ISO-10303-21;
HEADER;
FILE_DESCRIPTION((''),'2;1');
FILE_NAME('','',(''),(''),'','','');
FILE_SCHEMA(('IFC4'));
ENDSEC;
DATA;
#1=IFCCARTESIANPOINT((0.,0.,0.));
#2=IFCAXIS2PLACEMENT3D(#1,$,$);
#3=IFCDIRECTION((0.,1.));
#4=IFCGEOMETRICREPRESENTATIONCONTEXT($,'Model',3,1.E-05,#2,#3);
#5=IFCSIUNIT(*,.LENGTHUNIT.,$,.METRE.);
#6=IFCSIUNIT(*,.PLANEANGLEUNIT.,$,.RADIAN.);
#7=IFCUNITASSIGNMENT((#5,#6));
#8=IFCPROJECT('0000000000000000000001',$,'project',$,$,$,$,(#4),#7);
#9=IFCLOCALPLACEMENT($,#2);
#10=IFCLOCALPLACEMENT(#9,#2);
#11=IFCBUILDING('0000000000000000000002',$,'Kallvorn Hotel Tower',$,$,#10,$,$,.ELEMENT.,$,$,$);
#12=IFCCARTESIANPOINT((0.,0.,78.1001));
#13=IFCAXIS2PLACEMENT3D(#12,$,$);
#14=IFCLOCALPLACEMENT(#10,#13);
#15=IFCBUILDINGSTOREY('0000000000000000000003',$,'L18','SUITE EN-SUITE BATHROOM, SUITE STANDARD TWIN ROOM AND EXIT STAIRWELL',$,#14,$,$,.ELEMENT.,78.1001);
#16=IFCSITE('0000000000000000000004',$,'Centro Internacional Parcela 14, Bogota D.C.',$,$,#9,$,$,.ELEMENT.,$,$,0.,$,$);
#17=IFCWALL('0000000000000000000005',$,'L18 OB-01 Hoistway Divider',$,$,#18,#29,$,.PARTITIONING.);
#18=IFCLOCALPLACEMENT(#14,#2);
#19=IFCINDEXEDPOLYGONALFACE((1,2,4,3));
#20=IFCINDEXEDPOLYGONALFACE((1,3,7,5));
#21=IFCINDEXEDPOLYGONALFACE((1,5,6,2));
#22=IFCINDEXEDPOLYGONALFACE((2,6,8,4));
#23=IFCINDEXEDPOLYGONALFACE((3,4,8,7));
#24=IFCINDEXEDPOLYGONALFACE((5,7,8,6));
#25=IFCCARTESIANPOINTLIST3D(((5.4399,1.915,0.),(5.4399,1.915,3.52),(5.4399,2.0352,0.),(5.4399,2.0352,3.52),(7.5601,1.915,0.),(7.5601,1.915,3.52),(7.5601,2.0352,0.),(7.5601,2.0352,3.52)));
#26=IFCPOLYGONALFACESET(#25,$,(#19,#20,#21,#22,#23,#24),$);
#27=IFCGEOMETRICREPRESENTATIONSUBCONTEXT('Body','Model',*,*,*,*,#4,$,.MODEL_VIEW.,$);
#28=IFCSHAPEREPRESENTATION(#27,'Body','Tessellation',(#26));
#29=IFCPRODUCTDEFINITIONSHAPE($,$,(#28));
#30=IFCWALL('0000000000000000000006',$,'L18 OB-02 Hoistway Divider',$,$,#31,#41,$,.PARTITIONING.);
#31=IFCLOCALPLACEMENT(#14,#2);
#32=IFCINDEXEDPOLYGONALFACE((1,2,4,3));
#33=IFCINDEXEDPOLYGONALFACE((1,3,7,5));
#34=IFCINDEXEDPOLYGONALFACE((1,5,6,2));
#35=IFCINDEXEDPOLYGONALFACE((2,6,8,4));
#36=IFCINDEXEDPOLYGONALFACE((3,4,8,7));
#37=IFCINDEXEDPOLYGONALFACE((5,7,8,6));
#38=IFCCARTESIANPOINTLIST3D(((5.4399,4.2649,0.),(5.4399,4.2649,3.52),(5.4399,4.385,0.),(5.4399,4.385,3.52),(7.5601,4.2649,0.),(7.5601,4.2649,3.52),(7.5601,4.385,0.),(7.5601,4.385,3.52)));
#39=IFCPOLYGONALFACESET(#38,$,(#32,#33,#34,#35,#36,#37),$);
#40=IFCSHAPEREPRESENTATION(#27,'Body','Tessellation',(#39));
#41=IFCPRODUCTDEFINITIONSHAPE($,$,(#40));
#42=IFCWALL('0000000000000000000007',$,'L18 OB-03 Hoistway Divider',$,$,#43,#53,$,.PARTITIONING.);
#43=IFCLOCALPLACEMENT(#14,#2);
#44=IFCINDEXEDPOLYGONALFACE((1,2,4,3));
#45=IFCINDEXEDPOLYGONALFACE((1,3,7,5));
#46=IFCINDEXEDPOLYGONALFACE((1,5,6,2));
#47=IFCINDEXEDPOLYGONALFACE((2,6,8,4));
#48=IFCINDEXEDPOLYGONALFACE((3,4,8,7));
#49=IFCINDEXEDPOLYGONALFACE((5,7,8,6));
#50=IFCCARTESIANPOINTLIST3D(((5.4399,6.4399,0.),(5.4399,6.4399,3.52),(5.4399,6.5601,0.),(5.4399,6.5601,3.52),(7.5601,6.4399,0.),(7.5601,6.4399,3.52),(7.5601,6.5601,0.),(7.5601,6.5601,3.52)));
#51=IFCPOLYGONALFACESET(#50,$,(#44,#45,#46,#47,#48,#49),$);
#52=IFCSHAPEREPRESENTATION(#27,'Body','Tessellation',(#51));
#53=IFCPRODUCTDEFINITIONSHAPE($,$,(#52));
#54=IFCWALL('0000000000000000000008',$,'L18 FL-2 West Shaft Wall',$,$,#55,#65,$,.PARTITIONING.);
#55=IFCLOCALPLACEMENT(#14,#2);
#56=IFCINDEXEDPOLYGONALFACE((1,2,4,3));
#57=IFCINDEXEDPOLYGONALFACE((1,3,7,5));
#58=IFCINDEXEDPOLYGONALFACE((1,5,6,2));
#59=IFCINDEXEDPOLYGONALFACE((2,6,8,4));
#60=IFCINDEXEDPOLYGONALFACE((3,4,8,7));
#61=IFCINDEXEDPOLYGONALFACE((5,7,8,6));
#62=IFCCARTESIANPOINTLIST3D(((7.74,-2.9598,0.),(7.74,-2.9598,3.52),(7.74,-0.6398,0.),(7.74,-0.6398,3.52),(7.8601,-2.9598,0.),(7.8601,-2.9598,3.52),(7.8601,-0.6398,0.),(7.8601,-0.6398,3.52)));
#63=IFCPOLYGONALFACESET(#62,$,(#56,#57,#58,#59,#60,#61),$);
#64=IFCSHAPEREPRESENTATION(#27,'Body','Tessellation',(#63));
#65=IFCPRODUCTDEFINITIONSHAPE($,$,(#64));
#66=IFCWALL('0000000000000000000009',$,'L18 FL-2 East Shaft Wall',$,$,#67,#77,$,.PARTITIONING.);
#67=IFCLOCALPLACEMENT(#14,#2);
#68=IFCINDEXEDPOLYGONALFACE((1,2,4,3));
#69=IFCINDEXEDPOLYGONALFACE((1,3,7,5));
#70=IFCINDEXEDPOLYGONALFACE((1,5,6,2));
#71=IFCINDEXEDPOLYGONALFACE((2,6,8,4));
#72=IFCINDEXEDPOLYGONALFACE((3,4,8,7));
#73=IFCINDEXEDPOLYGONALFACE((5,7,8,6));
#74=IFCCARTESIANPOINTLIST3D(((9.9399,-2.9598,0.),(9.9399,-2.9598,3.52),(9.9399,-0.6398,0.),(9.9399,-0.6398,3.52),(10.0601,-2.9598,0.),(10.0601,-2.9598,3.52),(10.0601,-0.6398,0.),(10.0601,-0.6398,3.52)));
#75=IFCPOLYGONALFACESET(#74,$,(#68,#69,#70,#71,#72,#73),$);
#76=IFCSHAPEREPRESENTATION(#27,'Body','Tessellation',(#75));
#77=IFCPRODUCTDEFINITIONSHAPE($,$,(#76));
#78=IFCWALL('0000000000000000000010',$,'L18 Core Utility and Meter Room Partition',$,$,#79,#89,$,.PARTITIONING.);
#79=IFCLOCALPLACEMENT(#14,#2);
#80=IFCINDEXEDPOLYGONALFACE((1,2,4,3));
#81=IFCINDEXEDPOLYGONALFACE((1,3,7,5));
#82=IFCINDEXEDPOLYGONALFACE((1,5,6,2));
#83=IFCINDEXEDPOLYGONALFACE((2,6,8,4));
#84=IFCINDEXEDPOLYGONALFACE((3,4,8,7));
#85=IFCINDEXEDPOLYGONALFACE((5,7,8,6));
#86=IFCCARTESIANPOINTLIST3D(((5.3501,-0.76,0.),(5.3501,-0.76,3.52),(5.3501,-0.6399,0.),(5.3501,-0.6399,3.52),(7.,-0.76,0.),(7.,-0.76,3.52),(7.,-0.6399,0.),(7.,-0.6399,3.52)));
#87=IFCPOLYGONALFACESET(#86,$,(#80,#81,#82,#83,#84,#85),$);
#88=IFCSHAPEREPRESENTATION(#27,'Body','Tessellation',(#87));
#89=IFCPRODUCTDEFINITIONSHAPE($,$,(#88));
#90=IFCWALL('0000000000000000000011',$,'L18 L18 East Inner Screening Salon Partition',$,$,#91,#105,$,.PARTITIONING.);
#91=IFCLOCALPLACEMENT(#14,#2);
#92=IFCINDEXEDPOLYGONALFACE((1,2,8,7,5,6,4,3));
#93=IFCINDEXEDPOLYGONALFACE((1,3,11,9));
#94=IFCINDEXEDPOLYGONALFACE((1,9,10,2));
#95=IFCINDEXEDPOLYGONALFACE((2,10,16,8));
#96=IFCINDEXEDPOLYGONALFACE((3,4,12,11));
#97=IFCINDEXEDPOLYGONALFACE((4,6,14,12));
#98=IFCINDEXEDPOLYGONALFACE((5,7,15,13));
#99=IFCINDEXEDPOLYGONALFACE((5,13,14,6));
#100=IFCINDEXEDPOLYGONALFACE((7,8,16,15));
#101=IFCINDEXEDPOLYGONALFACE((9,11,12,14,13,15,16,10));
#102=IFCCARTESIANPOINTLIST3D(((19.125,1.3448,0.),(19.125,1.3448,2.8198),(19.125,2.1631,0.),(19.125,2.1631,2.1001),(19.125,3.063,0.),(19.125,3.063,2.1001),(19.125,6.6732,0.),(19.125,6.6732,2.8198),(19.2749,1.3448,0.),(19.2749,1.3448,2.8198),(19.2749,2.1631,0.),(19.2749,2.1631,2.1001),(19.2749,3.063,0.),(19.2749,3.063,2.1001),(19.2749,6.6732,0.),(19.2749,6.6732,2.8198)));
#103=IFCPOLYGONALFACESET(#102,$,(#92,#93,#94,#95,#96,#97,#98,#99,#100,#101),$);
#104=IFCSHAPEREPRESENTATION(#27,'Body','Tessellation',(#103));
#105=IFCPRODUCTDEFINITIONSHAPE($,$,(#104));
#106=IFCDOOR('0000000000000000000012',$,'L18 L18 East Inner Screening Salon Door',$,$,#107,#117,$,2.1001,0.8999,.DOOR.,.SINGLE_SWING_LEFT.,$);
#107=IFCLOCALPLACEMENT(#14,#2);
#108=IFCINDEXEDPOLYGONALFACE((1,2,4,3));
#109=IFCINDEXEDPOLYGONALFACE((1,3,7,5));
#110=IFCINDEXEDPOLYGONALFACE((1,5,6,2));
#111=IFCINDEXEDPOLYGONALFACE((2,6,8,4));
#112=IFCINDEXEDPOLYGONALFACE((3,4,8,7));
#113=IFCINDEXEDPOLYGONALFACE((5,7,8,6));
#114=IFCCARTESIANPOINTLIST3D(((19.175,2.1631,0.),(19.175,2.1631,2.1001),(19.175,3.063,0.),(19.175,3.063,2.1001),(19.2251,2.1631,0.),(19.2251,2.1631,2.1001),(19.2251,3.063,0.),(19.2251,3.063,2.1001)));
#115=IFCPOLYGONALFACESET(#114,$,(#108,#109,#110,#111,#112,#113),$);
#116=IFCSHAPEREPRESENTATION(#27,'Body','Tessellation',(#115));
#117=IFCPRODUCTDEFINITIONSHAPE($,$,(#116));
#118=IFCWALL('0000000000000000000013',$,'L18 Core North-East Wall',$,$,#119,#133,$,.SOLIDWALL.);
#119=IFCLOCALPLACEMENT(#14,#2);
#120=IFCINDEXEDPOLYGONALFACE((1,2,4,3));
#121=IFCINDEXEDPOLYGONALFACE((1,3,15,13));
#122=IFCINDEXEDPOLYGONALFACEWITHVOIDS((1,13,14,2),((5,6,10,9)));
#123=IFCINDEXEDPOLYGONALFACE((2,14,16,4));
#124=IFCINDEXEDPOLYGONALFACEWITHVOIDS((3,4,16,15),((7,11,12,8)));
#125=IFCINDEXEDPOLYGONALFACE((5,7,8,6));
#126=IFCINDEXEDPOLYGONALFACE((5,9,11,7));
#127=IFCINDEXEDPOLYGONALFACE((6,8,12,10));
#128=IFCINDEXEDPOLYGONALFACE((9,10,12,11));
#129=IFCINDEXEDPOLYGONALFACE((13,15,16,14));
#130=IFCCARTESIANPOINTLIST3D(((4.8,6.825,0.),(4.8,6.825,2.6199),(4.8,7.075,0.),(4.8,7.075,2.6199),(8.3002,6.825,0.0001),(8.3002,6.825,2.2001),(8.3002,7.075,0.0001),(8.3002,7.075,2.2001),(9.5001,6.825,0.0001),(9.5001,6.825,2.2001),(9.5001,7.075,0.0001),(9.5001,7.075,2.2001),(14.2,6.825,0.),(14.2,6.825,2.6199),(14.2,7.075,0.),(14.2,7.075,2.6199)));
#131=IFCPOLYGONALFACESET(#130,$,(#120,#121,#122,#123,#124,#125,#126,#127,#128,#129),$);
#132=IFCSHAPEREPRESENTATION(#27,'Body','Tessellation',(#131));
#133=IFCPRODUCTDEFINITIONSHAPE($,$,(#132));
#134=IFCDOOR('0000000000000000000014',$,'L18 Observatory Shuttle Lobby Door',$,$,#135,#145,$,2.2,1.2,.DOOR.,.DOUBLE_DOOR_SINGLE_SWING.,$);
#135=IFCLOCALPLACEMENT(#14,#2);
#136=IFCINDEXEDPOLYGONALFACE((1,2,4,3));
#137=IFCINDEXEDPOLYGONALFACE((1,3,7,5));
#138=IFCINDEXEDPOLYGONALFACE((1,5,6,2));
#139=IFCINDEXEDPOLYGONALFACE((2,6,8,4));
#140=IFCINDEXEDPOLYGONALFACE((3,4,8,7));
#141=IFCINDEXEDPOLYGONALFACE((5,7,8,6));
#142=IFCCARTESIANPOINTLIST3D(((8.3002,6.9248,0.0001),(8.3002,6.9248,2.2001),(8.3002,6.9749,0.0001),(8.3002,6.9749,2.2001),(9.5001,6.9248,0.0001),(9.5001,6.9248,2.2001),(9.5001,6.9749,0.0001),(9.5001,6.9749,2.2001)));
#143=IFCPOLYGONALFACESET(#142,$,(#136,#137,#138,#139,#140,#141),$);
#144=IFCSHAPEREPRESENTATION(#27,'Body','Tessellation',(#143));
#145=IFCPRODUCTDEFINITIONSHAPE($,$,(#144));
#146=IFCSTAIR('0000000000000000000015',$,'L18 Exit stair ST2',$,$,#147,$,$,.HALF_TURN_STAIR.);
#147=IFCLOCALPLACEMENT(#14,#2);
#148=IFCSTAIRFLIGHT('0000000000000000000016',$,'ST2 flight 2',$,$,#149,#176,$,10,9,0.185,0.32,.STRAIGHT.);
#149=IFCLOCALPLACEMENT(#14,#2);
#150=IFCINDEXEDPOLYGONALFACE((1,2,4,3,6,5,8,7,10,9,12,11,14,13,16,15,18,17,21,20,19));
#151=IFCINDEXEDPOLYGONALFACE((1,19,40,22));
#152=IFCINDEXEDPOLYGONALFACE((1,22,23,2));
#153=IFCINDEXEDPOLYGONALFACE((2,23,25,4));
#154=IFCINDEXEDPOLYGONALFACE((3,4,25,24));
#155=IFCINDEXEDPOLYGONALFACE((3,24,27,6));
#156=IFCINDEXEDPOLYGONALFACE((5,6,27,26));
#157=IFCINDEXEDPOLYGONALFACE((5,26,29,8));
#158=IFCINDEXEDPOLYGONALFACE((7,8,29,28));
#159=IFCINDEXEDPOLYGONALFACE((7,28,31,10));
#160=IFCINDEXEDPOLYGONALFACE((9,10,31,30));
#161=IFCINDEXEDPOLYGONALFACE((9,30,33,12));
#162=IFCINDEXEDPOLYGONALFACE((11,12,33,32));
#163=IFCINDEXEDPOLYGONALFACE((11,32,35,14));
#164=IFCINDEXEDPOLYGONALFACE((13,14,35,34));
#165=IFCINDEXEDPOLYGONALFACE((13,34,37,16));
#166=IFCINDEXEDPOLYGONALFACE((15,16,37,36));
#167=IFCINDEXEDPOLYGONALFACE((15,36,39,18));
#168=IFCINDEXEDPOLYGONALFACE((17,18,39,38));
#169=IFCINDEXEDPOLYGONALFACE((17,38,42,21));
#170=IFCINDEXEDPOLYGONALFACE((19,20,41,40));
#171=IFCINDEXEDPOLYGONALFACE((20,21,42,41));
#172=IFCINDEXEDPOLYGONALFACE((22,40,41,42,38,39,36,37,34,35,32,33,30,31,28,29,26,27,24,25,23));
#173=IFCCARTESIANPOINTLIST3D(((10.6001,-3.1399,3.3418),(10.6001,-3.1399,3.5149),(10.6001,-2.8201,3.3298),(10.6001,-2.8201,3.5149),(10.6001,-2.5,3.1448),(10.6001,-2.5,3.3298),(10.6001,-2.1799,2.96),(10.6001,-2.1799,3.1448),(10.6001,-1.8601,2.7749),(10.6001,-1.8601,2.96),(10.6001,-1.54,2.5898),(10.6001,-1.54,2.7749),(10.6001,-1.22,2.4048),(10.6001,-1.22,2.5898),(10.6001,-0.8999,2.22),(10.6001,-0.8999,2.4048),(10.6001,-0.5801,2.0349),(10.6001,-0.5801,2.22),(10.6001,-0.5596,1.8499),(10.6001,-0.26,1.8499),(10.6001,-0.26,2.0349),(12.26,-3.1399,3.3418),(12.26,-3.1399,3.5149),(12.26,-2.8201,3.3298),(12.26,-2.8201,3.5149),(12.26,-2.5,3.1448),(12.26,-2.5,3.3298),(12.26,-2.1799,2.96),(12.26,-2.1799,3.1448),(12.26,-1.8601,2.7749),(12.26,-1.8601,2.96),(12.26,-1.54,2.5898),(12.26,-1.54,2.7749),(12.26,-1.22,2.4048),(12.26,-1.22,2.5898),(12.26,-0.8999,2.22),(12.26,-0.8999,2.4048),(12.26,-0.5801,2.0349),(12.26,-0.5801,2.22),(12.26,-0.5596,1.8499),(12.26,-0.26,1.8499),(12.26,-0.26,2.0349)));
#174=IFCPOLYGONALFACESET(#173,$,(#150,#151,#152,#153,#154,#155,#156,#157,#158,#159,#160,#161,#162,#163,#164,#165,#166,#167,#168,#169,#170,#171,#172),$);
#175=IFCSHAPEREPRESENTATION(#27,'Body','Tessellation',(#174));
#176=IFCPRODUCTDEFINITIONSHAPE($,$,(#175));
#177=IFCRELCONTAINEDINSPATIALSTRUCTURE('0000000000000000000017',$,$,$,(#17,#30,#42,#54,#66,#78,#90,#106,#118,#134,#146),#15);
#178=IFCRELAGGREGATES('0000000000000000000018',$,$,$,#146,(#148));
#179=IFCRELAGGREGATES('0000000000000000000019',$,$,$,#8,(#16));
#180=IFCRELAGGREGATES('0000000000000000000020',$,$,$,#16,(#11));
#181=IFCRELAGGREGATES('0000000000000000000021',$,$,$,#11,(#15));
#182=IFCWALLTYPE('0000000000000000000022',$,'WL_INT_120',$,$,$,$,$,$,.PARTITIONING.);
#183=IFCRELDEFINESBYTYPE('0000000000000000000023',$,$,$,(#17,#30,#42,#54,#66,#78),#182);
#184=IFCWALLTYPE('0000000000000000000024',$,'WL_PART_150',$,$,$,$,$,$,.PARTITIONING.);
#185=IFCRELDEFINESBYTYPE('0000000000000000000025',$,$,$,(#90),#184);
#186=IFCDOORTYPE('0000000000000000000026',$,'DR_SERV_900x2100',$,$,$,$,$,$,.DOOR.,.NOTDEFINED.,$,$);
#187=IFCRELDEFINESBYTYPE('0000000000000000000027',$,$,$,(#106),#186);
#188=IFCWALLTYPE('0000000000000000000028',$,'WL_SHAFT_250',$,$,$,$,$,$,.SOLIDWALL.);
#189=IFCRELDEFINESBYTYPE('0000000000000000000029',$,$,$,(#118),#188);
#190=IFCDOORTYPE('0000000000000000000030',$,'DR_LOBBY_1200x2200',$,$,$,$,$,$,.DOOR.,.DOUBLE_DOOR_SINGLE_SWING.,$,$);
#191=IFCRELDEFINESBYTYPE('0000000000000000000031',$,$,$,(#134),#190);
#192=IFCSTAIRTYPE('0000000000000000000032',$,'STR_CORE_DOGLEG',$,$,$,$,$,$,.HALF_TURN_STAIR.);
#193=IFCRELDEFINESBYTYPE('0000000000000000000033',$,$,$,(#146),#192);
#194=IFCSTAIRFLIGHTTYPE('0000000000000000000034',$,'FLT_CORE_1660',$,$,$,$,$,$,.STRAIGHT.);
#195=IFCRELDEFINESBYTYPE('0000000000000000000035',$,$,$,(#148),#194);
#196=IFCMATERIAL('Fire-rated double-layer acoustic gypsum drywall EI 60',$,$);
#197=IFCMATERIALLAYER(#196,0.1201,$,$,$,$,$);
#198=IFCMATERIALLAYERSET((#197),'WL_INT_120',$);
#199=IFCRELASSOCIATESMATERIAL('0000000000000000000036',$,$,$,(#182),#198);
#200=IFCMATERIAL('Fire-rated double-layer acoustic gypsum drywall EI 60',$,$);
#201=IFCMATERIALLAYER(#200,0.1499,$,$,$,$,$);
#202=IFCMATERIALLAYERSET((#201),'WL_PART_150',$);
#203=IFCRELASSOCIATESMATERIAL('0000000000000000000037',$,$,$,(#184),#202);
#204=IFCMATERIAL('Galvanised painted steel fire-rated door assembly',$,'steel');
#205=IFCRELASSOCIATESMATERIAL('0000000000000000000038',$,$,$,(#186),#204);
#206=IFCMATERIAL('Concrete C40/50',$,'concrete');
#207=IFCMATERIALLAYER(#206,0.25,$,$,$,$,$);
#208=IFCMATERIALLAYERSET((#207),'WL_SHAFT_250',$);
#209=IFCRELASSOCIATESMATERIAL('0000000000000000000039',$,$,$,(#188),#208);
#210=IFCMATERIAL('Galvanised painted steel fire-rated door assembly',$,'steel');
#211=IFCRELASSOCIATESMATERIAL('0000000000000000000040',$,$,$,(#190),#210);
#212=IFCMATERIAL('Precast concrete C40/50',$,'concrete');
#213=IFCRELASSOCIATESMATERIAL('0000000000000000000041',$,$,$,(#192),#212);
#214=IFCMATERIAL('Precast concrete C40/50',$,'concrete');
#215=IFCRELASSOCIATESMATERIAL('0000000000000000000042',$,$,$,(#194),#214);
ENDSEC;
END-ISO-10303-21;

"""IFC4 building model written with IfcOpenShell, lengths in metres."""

from ifc_helpers import new_model, si_unit, direction, frame, frame_2d, origin, place, context, subcontext, project, spatial, polyline, rectangle, outline, extrude, material, layer, layer_set, type_object, element, fill, aggregate, save


model = new_model("IFC4")

# Units and contexts
model_context = context("Model", 3, precision=1e-05, world=origin(), true_north=direction((0.0, 1.0)))
body_context = subcontext(model_context, "Body", "Model", "MODEL_VIEW")
ifc_project = project(units=[si_unit("LENGTHUNIT", "METRE"), si_unit("PLANEANGLEUNIT", "RADIAN")], contexts=[model_context])

# Site, building, storey
site_placement = place(None, origin())
site = spatial("IfcSite", under=ifc_project, at=site_placement, Name="Centro Internacional Parcela 14, Bogota D.C.", CompositionType="ELEMENT", RefElevation=0.0)
building_placement = place(site_placement, origin())
building = spatial("IfcBuilding", under=site, at=building_placement, Name="Kallvorn Hotel Tower", CompositionType="ELEMENT")
storey_placement = place(building_placement, frame((0.0, 0.0, 78.1001)))
storey = spatial("IfcBuildingStorey", under=building, at=storey_placement, Name="L18", Description="SUITE EN-SUITE BATHROOM, SUITE STANDARD TWIN ROOM AND EXIT STAIRWELL", CompositionType="ELEMENT", Elevation=78.1001)

# Walls
ifc_material_1 = material(Name="Fire-rated double-layer acoustic gypsum drywall EI 60")
ifc_layer_1 = layer(ifc_material_1, 0.1201)
ifc_layer_set_1 = layer_set([ifc_layer_1], Name="WL_INT_120")
wall_type_1 = type_object("IfcWallType", Name="WL_INT_120", PredefinedType="PARTITIONING", material=ifc_layer_set_1)
for number, where, z_axis, x_axis, name in (
    (1, (5.4399, 1.9751, 0.0), (0.0, 0.0, 1.0), (1.0, 0.0, 0.0), "L18 OB-01 Hoistway Divider"),
    (2, (5.4399, 4.325, 0.0), (0.0, 0.0, 1.0), (1.0, 0.0, 0.0), "L18 OB-02 Hoistway Divider"),
    (3, (5.4399, 6.5, 0.0), (0.0, 0.0, 1.0), (1.0, 0.0, 0.0), "L18 OB-03 Hoistway Divider"),
):
    element("IfcWall", number, at=place(storey_placement, frame(where, z_axis=z_axis, x_axis=x_axis)), inside=storey, type_object=wall_type_1, Name=name, PredefinedType="PARTITIONING", context=body_context, shape_type="SweptSolid", body=[
        extrude(rectangle(XDim=2.1201, YDim=0.1201, at=frame_2d((1.0601, 0.0))), origin(), (0.0, 0.0, 1.0), 3.52),
    ])
for number, where, z_axis, x_axis, name in (
    (4, (7.8, -2.96, 0.0), (0.0, 0.0, 1.0), (0.0, 1.0, 0.0), "L18 FL-2 West Shaft Wall"),
    (5, (10.0, -2.96, 0.0), (0.0, 0.0, 1.0), (0.0, 1.0, 0.0), "L18 FL-2 East Shaft Wall"),
):
    element("IfcWall", number, at=place(storey_placement, frame(where, z_axis=z_axis, x_axis=x_axis)), inside=storey, type_object=wall_type_1, Name=name, PredefinedType="PARTITIONING", context=body_context, shape_type="SweptSolid", body=[
        extrude(rectangle(XDim=2.3201, YDim=0.1201, at=frame_2d((1.1602, 0.0))), origin(), (0.0, 0.0, 1.0), 3.52),
    ])
wall_1_placement = place(storey_placement, frame((5.3501, -0.7, 0.0), z_axis=(0.0, 0.0, 1.0), x_axis=(1.0, 0.0, 0.0)))
element("IfcWall", 6, at=wall_1_placement, inside=storey, type_object=wall_type_1, Name="L18 Core Utility and Meter Room Partition", PredefinedType="PARTITIONING", context=body_context, shape_type="SweptSolid", body=[
    extrude(rectangle(XDim=1.6499, YDim=0.1201, at=frame_2d((0.825, 0.0))), origin(), (0.0, 0.0, 1.0), 3.52),
])

# Walls, openings, doors
ifc_material_2 = material(Name="Fire-rated double-layer acoustic gypsum drywall EI 60")
ifc_layer_2 = layer(ifc_material_2, 0.1499)
ifc_layer_set_2 = layer_set([ifc_layer_2], Name="WL_PART_150")
wall_type_2 = type_object("IfcWallType", Name="WL_PART_150", PredefinedType="PARTITIONING", material=ifc_layer_set_2)
wall_2_placement = place(storey_placement, frame((19.2, 1.345, 0.0), z_axis=(0.0, 0.0, 1.0), x_axis=(0.0, 1.0, 0.0)))
wall_2 = element("IfcWall", 7, at=wall_2_placement, inside=storey, type_object=wall_type_2, Name="L18 L18 East Inner Screening Salon Partition", PredefinedType="PARTITIONING", context=body_context, shape_type="SweptSolid", body=[
    extrude(rectangle(XDim=5.3284, YDim=0.1499, at=frame_2d((2.6641, 0.0))), origin(), (0.0, 0.0, 1.0), 2.8198),
])
opening_1_placement = place(wall_2_placement, frame((0.8181, 0.0, 0.0)))
opening_1 = element("IfcOpeningElement", 8, at=opening_1_placement, cuts=wall_2, PredefinedType="OPENING", context=body_context, shape_type="SweptSolid", body=[
    extrude(rectangle(XDim=0.8999, YDim=2.1001, at=frame_2d((0.45, 1.05))), frame((0.0, 0.0898, 0.0), z_axis=(0.0, -1.0, 0.0), x_axis=(1.0, 0.0, 0.0)), (0.0, 0.0, 1.0), 0.1799),
])
ifc_material_3 = material(Name="Galvanised painted steel fire-rated door assembly", Category="steel")
door_type_1 = type_object("IfcDoorType", Name="DR_SERV_900x2100", OperationType="NOTDEFINED", PredefinedType="DOOR", material=ifc_material_3)
door_1_placement = place(opening_1_placement, origin())
door_1 = element("IfcDoor", 9, at=door_1_placement, inside=storey, type_object=door_type_1, Name="L18 L18 East Inner Screening Salon Door", OperationType="SINGLE_SWING_LEFT", OverallHeight=2.1001, OverallWidth=0.8999, PredefinedType="DOOR", context=body_context, shape_type="SweptSolid", body=[
    extrude(rectangle(XDim=0.8999, YDim=2.1001, at=frame_2d((0.45, 1.05))), frame((0.0, 0.0249, 0.0), z_axis=(0.0, -1.0, 0.0), x_axis=(1.0, 0.0, 0.0)), (0.0, 0.0, 1.0), 0.05),
])
fill(opening_1, door_1)
ifc_material_4 = material(Name="Concrete C40/50", Category="concrete")
ifc_layer_3 = layer(ifc_material_4, 0.25)
ifc_layer_set_3 = layer_set([ifc_layer_3], Name="WL_SHAFT_250")
wall_type_3 = type_object("IfcWallType", Name="WL_SHAFT_250", PredefinedType="SOLIDWALL", material=ifc_layer_set_3)
wall_3_placement = place(storey_placement, frame((4.8, 6.95, 0.0), z_axis=(0.0, 0.0, 1.0), x_axis=(1.0, 0.0, 0.0)))
wall_3 = element("IfcWall", 10, at=wall_3_placement, inside=storey, type_object=wall_type_3, Name="L18 Core North-East Wall", PredefinedType="SOLIDWALL", context=body_context, shape_type="SweptSolid", body=[
    extrude(rectangle(XDim=9.3999, YDim=0.25, at=frame_2d((4.7, 0.0))), origin(), (0.0, 0.0, 1.0), 2.6199),
])
opening_2_placement = place(wall_3_placement, frame((3.5, 0.0, 0.0)))
opening_2 = element("IfcOpeningElement", 11, at=opening_2_placement, cuts=wall_3, PredefinedType="OPENING", context=body_context, shape_type="SweptSolid", body=[
    extrude(rectangle(XDim=1.2, YDim=2.2, at=frame_2d((0.6001, 1.1001))), frame((0.0, 0.1399, 0.0), z_axis=(0.0, -1.0, 0.0), x_axis=(1.0, 0.0, 0.0)), (0.0, 0.0, 1.0), 0.28),
])
ifc_material_5 = material(Name="Galvanised painted steel fire-rated door assembly", Category="steel")
door_type_2 = type_object("IfcDoorType", Name="DR_LOBBY_1200x2200", OperationType="DOUBLE_DOOR_SINGLE_SWING", PredefinedType="DOOR", material=ifc_material_5)
door_2_placement = place(opening_2_placement, origin())
door_2 = element("IfcDoor", 12, at=door_2_placement, inside=storey, type_object=door_type_2, Name="L18 Observatory Shuttle Lobby Door", OperationType="DOUBLE_DOOR_SINGLE_SWING", OverallHeight=2.2, OverallWidth=1.2, PredefinedType="DOOR", context=body_context, shape_type="SweptSolid", body=[
    extrude(rectangle(XDim=1.2, YDim=2.2, at=frame_2d((0.6001, 1.1001))), frame((0.0, 0.0249, 0.0), z_axis=(0.0, -1.0, 0.0), x_axis=(1.0, 0.0, 0.0)), (0.0, 0.0, 1.0), 0.05),
])
fill(opening_2, door_2)

# Stair, stair flight
ifc_material_6 = material(Name="Precast concrete C40/50", Category="concrete")
stair_type = type_object("IfcStairType", Name="STR_CORE_DOGLEG", PredefinedType="HALF_TURN_STAIR", material=ifc_material_6)
stair_1_placement = place(storey_placement, origin())
stair_1 = element("IfcStair", 13, at=stair_1_placement, inside=storey, type_object=stair_type, Name="L18 Exit stair ST2", PredefinedType="HALF_TURN_STAIR")
ifc_material_7 = material(Name="Precast concrete C40/50", Category="concrete")
stair_flight_type = type_object("IfcStairFlightType", Name="FLT_CORE_1660", PredefinedType="STRAIGHT", material=ifc_material_7)
stair_flight_1_placement = place(storey_placement, frame((11.4299, -0.26, 1.8499), z_axis=(0.0, 0.0, 1.0), x_axis=(0.0, -1.0, 0.0)))
stair_flight_1 = element("IfcStairFlight", 14, at=stair_flight_1_placement, type_object=stair_flight_type, Name="ST2 flight 2", NumberOfRisers=10, NumberOfTreads=9, PredefinedType="STRAIGHT", RiserHeight=0.185, TreadLength=0.32, context=body_context, shape_type="SweptSolid", body=[
    extrude(outline(polyline([(0.0, 0.0), (0.0, 0.1851), (0.3201, 0.1851), (0.3201, 0.3701), (0.6399, 0.3701), (0.6399, 0.5549), (0.96, 0.5549), (0.96, 0.74), (1.28, 0.74), (1.28, 0.925), (1.6001, 0.925), (1.6001, 1.1101), (1.9199, 1.1101), (1.9199, 1.2949), (2.24, 1.2949), (2.24, 1.48), (2.5601, 1.48), (2.5601, 1.665), (2.8799, 1.665), (2.8799, 1.8501), (2.8799, 1.4919), (0.2996, 0.0), (0.0, 0.0)])), frame((0.0, 0.8301, 0.0), z_axis=(0.0, -1.0, 0.0), x_axis=(1.0, 0.0, 0.0)), (0.0, 0.0, 1.0), 1.6599),
])
aggregate(stair_1, [stair_flight_1])

save(model, "model.ifc")
